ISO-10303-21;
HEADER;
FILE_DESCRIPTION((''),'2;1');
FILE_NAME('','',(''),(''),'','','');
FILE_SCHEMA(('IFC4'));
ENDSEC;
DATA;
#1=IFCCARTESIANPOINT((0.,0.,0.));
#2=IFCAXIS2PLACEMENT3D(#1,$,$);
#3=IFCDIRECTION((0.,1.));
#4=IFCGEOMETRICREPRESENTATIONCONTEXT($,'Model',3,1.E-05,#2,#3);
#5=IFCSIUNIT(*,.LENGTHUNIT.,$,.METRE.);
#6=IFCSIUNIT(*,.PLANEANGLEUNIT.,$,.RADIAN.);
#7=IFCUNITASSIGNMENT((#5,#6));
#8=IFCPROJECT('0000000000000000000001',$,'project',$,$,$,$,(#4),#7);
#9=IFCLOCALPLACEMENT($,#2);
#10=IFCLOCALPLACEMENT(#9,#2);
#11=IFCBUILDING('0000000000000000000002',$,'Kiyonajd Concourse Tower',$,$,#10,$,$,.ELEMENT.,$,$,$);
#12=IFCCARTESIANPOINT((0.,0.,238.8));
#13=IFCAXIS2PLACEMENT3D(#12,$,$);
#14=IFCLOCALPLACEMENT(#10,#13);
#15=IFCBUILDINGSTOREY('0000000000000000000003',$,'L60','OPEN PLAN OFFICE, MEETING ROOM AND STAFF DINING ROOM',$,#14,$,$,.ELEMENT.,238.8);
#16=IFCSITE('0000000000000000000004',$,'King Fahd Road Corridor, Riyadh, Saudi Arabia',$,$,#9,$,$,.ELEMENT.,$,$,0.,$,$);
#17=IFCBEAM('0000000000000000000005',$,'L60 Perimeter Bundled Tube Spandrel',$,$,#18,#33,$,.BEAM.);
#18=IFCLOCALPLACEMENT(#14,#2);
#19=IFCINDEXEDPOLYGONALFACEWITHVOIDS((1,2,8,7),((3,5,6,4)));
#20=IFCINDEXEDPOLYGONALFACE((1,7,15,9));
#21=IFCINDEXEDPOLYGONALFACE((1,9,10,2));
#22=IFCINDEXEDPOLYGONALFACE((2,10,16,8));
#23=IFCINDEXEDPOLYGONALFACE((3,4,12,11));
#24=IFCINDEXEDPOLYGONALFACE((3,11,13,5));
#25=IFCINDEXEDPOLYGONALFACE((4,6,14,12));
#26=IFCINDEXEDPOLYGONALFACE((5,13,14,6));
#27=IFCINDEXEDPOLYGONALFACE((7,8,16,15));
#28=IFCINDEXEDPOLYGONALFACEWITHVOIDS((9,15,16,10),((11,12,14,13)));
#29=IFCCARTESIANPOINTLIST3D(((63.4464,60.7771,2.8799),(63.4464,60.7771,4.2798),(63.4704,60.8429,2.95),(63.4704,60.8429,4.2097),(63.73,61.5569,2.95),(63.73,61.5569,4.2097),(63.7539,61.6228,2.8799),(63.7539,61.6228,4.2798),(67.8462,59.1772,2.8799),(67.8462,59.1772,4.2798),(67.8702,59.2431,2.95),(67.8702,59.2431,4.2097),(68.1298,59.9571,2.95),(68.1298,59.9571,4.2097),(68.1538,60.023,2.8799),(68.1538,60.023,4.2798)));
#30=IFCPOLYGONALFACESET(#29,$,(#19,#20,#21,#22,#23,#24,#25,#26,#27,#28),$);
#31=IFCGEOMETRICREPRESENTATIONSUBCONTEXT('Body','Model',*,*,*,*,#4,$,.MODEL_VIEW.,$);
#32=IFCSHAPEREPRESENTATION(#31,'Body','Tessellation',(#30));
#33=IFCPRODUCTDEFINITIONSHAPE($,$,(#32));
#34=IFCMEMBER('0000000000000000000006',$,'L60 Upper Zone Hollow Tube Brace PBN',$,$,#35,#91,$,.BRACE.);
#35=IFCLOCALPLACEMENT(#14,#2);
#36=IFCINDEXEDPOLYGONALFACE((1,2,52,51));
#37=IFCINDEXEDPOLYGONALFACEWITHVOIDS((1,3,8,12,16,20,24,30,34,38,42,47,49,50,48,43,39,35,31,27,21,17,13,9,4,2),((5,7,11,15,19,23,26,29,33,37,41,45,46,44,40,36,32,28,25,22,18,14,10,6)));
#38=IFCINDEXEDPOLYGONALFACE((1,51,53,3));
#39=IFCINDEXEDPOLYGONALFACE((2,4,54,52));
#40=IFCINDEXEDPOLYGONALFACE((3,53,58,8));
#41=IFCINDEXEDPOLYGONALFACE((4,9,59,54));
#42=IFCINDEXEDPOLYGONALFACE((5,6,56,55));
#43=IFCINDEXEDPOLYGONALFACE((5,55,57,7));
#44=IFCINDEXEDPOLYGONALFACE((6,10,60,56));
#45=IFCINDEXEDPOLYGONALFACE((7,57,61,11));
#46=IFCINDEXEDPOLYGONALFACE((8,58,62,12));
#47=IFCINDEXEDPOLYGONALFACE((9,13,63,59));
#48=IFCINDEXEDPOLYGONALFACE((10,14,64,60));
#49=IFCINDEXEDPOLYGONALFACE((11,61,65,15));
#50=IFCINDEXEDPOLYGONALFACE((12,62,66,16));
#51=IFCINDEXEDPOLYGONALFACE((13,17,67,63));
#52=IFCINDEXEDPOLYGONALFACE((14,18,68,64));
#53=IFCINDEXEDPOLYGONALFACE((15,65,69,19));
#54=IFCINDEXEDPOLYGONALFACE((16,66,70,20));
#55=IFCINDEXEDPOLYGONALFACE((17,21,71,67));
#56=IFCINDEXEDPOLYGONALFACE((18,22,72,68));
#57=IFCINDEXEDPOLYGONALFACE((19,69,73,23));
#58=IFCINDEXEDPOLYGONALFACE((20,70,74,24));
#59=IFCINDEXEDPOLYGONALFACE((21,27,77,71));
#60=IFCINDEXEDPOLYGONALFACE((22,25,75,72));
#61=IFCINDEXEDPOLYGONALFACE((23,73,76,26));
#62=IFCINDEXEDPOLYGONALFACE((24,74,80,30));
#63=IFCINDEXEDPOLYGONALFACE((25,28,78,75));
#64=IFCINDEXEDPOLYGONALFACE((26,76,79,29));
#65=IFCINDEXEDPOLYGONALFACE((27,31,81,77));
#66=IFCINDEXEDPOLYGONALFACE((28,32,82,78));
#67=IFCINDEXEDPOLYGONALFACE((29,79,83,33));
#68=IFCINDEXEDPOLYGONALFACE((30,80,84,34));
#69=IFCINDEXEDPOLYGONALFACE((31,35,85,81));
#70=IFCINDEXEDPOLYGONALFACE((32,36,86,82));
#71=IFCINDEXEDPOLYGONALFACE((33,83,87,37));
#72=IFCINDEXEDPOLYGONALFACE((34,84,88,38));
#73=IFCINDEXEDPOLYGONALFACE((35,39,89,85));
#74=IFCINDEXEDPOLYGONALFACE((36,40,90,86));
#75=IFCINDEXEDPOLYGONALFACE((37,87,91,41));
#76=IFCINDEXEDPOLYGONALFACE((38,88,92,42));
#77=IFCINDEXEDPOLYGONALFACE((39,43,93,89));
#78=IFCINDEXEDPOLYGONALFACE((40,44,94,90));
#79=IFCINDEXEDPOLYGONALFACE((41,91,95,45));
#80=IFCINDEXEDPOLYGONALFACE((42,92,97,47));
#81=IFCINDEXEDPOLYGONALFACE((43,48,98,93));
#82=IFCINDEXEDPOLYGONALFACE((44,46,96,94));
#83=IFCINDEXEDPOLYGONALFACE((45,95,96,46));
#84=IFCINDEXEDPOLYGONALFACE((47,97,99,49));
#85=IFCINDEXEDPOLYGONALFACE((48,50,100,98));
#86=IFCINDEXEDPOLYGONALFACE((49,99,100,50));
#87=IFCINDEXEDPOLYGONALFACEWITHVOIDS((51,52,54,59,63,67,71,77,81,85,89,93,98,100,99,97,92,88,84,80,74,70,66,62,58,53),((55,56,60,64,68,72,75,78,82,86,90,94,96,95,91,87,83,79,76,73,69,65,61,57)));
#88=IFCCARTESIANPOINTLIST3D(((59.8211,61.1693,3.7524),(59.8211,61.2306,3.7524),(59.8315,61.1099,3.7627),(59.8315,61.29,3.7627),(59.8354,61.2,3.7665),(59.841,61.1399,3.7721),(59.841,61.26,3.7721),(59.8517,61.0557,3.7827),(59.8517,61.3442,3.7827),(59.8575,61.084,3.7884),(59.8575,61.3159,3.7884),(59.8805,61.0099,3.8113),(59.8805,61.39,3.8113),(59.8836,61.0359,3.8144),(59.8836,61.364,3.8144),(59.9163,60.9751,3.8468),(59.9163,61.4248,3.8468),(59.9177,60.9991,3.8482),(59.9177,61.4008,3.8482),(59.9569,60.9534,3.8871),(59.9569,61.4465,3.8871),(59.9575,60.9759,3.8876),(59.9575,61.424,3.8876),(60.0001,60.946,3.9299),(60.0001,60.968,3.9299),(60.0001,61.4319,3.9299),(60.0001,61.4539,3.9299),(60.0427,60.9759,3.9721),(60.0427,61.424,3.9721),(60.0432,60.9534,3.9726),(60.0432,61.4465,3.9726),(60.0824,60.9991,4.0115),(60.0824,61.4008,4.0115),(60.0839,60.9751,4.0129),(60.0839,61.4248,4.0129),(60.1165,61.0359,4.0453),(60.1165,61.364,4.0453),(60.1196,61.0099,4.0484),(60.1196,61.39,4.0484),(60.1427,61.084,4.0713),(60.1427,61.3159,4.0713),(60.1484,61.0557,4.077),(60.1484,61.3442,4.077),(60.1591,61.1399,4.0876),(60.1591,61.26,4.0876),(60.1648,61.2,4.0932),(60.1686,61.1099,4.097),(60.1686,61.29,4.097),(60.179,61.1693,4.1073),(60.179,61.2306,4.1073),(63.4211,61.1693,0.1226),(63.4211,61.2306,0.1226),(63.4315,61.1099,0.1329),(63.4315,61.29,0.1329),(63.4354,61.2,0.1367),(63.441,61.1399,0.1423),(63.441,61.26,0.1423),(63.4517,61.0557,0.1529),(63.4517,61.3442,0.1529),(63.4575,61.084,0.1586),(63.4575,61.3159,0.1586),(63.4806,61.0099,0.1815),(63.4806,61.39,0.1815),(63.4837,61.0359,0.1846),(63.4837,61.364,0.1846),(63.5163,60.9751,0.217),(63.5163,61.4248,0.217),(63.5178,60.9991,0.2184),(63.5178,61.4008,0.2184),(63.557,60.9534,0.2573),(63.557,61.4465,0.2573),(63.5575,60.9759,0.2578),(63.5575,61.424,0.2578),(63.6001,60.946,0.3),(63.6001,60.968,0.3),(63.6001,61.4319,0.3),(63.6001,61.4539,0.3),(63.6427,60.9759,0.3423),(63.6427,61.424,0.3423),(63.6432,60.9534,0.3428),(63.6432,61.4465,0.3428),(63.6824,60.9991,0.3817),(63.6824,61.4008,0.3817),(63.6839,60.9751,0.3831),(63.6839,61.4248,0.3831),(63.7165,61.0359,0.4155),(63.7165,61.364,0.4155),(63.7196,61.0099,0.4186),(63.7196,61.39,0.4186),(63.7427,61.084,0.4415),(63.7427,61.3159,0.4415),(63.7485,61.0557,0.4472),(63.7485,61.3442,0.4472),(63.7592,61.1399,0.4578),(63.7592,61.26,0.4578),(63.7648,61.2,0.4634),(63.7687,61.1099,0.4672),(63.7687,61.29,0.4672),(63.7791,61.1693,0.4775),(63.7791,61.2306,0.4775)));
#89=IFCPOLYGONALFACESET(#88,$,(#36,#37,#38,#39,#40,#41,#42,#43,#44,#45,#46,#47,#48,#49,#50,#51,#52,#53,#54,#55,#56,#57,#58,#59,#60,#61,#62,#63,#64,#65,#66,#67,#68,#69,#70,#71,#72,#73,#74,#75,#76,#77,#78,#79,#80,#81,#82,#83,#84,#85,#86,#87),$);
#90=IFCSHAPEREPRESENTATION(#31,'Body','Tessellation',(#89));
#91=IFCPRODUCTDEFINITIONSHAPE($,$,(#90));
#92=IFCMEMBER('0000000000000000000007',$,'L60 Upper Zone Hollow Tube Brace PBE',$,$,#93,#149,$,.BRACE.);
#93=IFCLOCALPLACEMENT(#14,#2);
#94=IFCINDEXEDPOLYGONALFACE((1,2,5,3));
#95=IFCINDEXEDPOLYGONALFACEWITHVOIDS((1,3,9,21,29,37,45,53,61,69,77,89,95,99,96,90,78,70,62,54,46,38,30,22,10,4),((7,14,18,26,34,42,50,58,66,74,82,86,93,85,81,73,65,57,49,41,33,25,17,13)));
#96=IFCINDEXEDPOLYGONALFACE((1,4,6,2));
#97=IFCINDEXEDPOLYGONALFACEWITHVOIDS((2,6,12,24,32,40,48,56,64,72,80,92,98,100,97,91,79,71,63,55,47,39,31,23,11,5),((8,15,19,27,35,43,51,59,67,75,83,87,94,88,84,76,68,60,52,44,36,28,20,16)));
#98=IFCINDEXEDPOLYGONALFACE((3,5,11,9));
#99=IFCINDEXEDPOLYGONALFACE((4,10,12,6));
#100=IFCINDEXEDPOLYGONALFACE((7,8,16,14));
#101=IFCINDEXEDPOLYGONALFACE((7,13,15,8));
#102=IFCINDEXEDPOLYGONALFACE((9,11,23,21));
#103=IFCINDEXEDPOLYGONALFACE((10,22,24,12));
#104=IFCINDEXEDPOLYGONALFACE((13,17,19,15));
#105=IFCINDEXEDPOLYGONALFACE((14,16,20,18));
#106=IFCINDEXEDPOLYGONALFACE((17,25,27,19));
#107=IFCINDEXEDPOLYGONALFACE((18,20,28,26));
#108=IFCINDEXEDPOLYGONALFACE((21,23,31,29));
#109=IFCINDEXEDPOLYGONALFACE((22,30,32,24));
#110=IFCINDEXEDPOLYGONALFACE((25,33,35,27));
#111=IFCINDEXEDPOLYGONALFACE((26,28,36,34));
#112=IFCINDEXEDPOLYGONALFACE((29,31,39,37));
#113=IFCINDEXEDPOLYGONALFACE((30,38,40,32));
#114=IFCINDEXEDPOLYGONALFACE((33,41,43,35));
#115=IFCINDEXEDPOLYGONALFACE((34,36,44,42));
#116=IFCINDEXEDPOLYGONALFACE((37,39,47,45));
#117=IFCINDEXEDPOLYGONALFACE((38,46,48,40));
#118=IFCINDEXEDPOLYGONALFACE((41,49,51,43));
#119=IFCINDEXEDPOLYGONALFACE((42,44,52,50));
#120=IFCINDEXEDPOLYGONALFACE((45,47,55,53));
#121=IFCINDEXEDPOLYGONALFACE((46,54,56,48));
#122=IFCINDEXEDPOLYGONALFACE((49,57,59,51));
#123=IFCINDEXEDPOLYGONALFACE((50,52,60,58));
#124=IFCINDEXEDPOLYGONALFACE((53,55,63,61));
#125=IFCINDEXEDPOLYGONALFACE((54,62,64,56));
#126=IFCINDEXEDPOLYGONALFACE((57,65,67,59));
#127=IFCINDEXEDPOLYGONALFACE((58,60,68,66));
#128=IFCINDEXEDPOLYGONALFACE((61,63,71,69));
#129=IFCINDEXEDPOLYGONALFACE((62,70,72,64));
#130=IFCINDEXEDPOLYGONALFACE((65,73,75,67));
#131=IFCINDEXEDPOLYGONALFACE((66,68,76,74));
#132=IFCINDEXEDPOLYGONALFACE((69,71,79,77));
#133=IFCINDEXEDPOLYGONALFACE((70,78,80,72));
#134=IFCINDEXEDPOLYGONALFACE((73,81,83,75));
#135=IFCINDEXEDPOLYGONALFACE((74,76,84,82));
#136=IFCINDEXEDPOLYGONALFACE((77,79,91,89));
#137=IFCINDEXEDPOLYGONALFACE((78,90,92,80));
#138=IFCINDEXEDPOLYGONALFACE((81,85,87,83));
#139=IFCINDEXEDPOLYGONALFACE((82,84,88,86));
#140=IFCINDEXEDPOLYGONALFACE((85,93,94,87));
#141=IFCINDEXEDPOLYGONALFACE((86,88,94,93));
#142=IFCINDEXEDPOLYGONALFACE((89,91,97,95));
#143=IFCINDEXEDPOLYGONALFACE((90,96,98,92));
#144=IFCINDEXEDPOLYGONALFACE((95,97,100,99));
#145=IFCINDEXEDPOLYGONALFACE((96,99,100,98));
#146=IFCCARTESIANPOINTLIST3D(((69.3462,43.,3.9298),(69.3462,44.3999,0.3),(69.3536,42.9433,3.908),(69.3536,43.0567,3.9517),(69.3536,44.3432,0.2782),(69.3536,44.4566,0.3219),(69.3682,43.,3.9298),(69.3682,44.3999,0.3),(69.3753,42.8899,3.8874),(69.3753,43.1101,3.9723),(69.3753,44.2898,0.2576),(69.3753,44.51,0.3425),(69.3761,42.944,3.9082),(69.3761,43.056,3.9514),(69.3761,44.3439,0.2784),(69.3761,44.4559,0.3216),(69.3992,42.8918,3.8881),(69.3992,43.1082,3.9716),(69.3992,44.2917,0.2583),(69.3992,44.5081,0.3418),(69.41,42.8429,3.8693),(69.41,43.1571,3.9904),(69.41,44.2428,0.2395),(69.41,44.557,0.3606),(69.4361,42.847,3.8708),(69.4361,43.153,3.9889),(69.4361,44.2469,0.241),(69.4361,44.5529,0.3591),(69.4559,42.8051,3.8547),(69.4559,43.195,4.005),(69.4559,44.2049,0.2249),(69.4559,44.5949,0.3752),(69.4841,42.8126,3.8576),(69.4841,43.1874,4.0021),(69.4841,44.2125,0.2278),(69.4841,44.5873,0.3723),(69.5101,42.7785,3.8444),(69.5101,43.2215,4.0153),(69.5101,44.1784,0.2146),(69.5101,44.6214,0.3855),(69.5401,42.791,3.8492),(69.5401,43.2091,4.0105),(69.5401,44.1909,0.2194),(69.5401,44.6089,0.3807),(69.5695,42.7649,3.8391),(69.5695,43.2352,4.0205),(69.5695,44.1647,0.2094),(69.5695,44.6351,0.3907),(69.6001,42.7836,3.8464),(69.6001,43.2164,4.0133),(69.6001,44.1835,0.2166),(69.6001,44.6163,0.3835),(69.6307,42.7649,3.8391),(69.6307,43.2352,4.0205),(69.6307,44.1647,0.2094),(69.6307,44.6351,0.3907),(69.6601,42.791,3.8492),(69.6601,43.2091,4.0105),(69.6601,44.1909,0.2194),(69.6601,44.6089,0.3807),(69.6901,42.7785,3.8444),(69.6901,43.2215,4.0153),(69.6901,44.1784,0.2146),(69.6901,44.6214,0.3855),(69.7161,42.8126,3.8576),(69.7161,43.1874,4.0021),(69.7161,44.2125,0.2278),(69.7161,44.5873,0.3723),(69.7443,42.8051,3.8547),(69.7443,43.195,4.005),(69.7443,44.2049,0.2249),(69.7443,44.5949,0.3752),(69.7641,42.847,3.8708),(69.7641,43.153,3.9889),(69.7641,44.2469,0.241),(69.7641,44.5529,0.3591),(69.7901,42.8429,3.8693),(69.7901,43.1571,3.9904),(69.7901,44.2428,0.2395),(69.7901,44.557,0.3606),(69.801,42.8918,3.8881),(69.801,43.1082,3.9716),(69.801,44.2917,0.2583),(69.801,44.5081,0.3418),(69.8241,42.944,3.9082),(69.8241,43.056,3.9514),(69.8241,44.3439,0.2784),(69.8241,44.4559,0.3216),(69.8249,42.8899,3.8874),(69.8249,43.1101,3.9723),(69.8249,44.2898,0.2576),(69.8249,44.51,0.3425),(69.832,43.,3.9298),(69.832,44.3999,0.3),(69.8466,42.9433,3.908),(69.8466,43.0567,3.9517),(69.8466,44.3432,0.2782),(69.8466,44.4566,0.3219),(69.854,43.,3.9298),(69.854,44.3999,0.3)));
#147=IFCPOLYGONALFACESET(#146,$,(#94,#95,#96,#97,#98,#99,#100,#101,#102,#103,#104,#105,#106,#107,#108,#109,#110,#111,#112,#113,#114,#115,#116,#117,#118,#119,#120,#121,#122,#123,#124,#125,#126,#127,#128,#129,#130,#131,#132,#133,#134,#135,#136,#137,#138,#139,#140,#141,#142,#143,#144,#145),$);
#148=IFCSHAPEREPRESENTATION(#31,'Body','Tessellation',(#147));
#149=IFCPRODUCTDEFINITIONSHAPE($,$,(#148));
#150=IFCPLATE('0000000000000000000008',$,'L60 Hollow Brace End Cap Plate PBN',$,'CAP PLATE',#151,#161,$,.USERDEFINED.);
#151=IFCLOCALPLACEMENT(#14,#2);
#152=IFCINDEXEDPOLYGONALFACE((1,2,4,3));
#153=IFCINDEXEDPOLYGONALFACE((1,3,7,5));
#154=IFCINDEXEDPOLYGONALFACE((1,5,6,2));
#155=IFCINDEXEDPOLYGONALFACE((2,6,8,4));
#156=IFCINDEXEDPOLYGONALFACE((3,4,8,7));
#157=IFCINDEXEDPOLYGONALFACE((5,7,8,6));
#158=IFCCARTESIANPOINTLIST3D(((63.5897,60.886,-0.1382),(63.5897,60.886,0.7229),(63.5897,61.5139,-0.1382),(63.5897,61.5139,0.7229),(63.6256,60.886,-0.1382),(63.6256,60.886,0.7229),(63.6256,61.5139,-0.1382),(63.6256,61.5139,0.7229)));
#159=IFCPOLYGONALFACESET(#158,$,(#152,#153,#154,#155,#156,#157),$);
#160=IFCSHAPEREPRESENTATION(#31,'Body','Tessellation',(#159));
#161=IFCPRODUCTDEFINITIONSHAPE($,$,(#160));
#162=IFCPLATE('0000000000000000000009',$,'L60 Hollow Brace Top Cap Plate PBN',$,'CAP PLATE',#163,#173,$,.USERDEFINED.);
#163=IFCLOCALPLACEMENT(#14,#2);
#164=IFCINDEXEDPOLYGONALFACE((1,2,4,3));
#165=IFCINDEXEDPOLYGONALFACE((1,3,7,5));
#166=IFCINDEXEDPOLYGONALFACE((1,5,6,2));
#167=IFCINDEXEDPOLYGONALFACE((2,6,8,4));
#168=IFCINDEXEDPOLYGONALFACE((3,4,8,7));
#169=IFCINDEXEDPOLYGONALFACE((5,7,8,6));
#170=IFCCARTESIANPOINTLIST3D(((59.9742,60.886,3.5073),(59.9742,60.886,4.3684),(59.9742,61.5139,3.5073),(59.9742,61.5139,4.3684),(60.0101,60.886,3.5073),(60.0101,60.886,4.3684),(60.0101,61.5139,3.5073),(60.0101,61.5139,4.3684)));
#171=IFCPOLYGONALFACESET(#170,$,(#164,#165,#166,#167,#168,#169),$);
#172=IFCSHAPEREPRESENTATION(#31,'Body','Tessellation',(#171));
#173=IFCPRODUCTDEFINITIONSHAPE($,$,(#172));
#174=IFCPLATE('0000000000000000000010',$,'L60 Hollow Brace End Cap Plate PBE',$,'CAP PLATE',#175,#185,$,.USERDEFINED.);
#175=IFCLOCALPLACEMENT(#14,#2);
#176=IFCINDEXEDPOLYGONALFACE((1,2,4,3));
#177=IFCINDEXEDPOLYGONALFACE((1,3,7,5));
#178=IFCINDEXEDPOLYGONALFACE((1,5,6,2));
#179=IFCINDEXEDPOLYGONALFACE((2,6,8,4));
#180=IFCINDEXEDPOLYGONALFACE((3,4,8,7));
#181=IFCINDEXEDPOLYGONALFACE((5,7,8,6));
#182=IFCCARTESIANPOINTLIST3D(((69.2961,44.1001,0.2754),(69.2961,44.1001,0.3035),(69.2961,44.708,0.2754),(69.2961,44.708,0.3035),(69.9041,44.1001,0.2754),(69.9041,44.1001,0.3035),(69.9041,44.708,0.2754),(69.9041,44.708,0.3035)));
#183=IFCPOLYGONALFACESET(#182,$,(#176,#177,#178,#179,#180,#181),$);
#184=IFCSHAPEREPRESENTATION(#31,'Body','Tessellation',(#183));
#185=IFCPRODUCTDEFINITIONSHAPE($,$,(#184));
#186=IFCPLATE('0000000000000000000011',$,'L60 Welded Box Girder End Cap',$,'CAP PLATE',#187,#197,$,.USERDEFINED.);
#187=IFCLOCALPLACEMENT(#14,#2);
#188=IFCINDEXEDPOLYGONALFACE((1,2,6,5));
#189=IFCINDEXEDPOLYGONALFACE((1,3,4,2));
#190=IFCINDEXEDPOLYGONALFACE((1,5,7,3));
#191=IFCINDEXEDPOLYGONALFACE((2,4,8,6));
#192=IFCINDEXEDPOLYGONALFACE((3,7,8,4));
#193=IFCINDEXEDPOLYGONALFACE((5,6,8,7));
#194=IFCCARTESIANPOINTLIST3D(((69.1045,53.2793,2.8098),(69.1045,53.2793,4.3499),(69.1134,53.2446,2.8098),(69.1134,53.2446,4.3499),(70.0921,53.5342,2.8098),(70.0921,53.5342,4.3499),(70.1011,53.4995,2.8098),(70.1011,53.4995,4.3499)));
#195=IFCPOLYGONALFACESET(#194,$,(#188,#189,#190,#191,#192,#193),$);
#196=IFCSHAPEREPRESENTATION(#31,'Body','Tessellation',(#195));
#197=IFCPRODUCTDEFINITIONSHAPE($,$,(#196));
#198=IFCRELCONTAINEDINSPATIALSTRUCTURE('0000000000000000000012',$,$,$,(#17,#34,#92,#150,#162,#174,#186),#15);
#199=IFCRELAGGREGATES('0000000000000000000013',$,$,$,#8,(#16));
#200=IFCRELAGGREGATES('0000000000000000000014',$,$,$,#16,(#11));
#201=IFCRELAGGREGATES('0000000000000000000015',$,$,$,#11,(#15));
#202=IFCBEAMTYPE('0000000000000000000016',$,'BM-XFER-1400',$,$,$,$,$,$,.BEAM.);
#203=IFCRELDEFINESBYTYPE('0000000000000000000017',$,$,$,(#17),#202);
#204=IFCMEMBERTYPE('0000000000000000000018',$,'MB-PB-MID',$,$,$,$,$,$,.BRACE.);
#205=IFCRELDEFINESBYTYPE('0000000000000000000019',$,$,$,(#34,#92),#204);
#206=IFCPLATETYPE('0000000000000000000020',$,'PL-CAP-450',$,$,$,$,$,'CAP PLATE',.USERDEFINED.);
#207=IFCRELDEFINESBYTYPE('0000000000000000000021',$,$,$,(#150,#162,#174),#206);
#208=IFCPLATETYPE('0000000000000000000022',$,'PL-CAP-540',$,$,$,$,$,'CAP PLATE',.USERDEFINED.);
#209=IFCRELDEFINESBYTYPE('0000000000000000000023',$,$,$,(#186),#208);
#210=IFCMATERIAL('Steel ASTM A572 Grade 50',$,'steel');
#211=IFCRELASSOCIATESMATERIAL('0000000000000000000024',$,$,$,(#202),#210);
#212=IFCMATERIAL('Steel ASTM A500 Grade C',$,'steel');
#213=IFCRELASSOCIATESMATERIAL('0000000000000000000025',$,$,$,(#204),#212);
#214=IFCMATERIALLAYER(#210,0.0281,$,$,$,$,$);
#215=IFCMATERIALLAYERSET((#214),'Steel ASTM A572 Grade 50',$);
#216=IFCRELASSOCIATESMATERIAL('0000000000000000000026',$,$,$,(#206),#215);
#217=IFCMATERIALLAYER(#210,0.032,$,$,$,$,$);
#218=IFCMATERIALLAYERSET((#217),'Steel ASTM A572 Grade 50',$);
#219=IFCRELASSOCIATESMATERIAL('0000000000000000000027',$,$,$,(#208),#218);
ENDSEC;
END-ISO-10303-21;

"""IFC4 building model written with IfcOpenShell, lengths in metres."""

from ifc_helpers import new_model, si_unit, direction, frame, origin, origin_2d, place, context, subcontext, project, spatial, rectangle, hollow_rectangle, hollow_circle, extrude, material, layer, layer_set, material_profile, profile_set, type_object, element, save


model = new_model("IFC4")

# Units and contexts
model_context = context("Model", 3, precision=1e-05, world=origin(), true_north=direction((0.0, 1.0)))
body_context = subcontext(model_context, "Body", "Model", "MODEL_VIEW")
ifc_project = project(units=[si_unit("LENGTHUNIT", "METRE"), si_unit("PLANEANGLEUNIT", "RADIAN")], contexts=[model_context])

# Site, building, storey
site_placement = place(None, origin())
site = spatial("IfcSite", under=ifc_project, at=site_placement, Name="King Fahd Road Corridor, Riyadh, Saudi Arabia", CompositionType="ELEMENT", RefElevation=0.0)
building_placement = place(site_placement, origin())
building = spatial("IfcBuilding", under=site, at=building_placement, Name="Kiyonajd Concourse Tower", CompositionType="ELEMENT")
storey_placement = place(building_placement, frame((0.0, 0.0, 238.8)))
storey = spatial("IfcBuildingStorey", under=building, at=storey_placement, Name="L60", Description="OPEN PLAN OFFICE, MEETING ROOM AND STAFF DINING ROOM", CompositionType="ELEMENT", Elevation=238.8)

# Beam
ifc_material_1 = material(Name="Steel ASTM A572 Grade 50", Category="steel")
ifc_material_profile_1 = material_profile(ifc_material_1, hollow_rectangle(XDim=0.8999, YDim=1.3999, WallThickness=0.0701, at=origin_2d()), Name="BOX-1400x900x70")
ifc_profile_set_1 = profile_set([ifc_material_profile_1], Name="Steel ASTM A572 Grade 50")
beam_type_1 = type_object("IfcBeamType", Name="BM-XFER-1400", PredefinedType="BEAM", material=ifc_profile_set_1)
beam_1_placement = place(storey_placement, frame((68.0, 59.6001, 3.5798), z_axis=(-0.939801, 0.341722, 0.0), x_axis=(-0.341722, -0.939801, 0.0)))
element("IfcBeam", 1, at=beam_1_placement, inside=storey, type_object=beam_type_1, Name="L60 Perimeter Bundled Tube Spandrel", PredefinedType="BEAM", context=body_context, shape_type="SweptSolid", body=[
    extrude(hollow_rectangle(XDim=0.8999, YDim=1.3999, WallThickness=0.0701, at=origin_2d()), origin(), (0.0, 0.0, 1.0), 4.6816),
])

# Members
ifc_material_2 = material(Name="Steel ASTM A500 Grade C", Category="steel")
ifc_material_profile_2 = material_profile(ifc_material_2, hollow_circle(Radius=0.2539, WallThickness=0.022, at=origin_2d()), Name="CHS-508x22")
ifc_profile_set_2 = profile_set([ifc_material_profile_2], Name="Steel ASTM A500 Grade C")
member_type = type_object("IfcMemberType", Name="MB-PB-MID", PredefinedType="BRACE", material=ifc_profile_set_2)
member_1_placement = place(storey_placement, frame((63.6001, 61.2, 0.3), z_axis=(-0.704188, 0.0, 0.710014), x_axis=(0.0, -1.0, 0.0)))
element("IfcMember", 2, at=member_1_placement, inside=storey, type_object=member_type, Name="L60 Upper Zone Hollow Tube Brace PBN", PredefinedType="BRACE", context=body_context, shape_type="SweptSolid", body=[
    extrude(hollow_circle(Radius=0.2539, WallThickness=0.022, at=origin_2d()), origin(), (0.0, 0.0, 1.0), 5.1123),
])
member_2_placement = place(storey_placement, frame((69.6001, 44.3999, 0.3), z_axis=(0.0, -0.359828, 0.933019), x_axis=(1.0, 0.0, 0.0)))
element("IfcMember", 3, at=member_2_placement, inside=storey, type_object=member_type, Name="L60 Upper Zone Hollow Tube Brace PBE", PredefinedType="BRACE", context=body_context, shape_type="SweptSolid", body=[
    extrude(hollow_circle(Radius=0.2539, WallThickness=0.022, at=origin_2d()), origin(), (0.0, 0.0, 1.0), 3.8904),
])

# Plates
ifc_layer_1 = layer(ifc_material_1, 0.0281)
ifc_layer_set_1 = layer_set([ifc_layer_1], Name="Steel ASTM A572 Grade 50")
plate_type_1 = type_object("IfcPlateType", Name="PL-CAP-450", ElementType="CAP PLATE", PredefinedType="USERDEFINED", material=ifc_layer_set_1)
for number, where, z_axis, x_axis, name in (
    (4, (63.6077, 61.2, -0.1382), (0.0, 0.0, 1.0), (1.0, 0.0, 0.0), "L60 Hollow Brace End Cap Plate PBN"),
    (5, (59.9922, 61.2, 3.5073), (0.0, 0.0, 1.0), (-1.0, 0.0, 0.0), "L60 Hollow Brace Top Cap Plate PBN"),
):
    element("IfcPlate", number, at=place(storey_placement, frame(where, z_axis=z_axis, x_axis=x_axis)), inside=storey, type_object=plate_type_1, Name=name, ObjectType="CAP PLATE", PredefinedType="USERDEFINED", context=body_context, shape_type="SweptSolid", body=[
        extrude(rectangle(XDim=0.0359, YDim=0.6279, at=origin_2d()), origin(), (0.0, 0.0, 1.0), 0.8611),
    ])
plate_placement = place(storey_placement, frame((69.6001, 44.4041, 0.2754), z_axis=(0.0, 0.0, 1.0), x_axis=(1.0, 0.0, 0.0)))
element("IfcPlate", 6, at=plate_placement, inside=storey, type_object=plate_type_1, Name="L60 Hollow Brace End Cap Plate PBE", ObjectType="CAP PLATE", PredefinedType="USERDEFINED", context=body_context, shape_type="SweptSolid", body=[
    extrude(rectangle(XDim=0.6079, YDim=0.6079, at=origin_2d()), origin(), (0.0, 0.0, 1.0), 0.0281),
])
ifc_layer_2 = layer(ifc_material_1, 0.032)
ifc_layer_set_2 = layer_set([ifc_layer_2], Name="Steel ASTM A572 Grade 50")
plate_type_2 = type_object("IfcPlateType", Name="PL-CAP-540", ElementType="CAP PLATE", PredefinedType="USERDEFINED", material=ifc_layer_set_2)
for number, where, z_axis, x_axis, name in (
    (7, (69.6028, 53.3894, 2.8098), (0.0, 0.0, 1.0), (0.249873, -0.968279, 0.0), "L60 Welded Box Girder End Cap"),
):
    element("IfcPlate", number, at=place(storey_placement, frame(where, z_axis=z_axis, x_axis=x_axis)), inside=storey, type_object=plate_type_2, Name=name, ObjectType="CAP PLATE", PredefinedType="USERDEFINED", context=body_context, shape_type="SweptSolid", body=[
        extrude(rectangle(XDim=0.0359, YDim=1.02, at=origin_2d()), origin(), (0.0, 0.0, 1.0), 1.54),
    ])

save(model, "model.ifc")
